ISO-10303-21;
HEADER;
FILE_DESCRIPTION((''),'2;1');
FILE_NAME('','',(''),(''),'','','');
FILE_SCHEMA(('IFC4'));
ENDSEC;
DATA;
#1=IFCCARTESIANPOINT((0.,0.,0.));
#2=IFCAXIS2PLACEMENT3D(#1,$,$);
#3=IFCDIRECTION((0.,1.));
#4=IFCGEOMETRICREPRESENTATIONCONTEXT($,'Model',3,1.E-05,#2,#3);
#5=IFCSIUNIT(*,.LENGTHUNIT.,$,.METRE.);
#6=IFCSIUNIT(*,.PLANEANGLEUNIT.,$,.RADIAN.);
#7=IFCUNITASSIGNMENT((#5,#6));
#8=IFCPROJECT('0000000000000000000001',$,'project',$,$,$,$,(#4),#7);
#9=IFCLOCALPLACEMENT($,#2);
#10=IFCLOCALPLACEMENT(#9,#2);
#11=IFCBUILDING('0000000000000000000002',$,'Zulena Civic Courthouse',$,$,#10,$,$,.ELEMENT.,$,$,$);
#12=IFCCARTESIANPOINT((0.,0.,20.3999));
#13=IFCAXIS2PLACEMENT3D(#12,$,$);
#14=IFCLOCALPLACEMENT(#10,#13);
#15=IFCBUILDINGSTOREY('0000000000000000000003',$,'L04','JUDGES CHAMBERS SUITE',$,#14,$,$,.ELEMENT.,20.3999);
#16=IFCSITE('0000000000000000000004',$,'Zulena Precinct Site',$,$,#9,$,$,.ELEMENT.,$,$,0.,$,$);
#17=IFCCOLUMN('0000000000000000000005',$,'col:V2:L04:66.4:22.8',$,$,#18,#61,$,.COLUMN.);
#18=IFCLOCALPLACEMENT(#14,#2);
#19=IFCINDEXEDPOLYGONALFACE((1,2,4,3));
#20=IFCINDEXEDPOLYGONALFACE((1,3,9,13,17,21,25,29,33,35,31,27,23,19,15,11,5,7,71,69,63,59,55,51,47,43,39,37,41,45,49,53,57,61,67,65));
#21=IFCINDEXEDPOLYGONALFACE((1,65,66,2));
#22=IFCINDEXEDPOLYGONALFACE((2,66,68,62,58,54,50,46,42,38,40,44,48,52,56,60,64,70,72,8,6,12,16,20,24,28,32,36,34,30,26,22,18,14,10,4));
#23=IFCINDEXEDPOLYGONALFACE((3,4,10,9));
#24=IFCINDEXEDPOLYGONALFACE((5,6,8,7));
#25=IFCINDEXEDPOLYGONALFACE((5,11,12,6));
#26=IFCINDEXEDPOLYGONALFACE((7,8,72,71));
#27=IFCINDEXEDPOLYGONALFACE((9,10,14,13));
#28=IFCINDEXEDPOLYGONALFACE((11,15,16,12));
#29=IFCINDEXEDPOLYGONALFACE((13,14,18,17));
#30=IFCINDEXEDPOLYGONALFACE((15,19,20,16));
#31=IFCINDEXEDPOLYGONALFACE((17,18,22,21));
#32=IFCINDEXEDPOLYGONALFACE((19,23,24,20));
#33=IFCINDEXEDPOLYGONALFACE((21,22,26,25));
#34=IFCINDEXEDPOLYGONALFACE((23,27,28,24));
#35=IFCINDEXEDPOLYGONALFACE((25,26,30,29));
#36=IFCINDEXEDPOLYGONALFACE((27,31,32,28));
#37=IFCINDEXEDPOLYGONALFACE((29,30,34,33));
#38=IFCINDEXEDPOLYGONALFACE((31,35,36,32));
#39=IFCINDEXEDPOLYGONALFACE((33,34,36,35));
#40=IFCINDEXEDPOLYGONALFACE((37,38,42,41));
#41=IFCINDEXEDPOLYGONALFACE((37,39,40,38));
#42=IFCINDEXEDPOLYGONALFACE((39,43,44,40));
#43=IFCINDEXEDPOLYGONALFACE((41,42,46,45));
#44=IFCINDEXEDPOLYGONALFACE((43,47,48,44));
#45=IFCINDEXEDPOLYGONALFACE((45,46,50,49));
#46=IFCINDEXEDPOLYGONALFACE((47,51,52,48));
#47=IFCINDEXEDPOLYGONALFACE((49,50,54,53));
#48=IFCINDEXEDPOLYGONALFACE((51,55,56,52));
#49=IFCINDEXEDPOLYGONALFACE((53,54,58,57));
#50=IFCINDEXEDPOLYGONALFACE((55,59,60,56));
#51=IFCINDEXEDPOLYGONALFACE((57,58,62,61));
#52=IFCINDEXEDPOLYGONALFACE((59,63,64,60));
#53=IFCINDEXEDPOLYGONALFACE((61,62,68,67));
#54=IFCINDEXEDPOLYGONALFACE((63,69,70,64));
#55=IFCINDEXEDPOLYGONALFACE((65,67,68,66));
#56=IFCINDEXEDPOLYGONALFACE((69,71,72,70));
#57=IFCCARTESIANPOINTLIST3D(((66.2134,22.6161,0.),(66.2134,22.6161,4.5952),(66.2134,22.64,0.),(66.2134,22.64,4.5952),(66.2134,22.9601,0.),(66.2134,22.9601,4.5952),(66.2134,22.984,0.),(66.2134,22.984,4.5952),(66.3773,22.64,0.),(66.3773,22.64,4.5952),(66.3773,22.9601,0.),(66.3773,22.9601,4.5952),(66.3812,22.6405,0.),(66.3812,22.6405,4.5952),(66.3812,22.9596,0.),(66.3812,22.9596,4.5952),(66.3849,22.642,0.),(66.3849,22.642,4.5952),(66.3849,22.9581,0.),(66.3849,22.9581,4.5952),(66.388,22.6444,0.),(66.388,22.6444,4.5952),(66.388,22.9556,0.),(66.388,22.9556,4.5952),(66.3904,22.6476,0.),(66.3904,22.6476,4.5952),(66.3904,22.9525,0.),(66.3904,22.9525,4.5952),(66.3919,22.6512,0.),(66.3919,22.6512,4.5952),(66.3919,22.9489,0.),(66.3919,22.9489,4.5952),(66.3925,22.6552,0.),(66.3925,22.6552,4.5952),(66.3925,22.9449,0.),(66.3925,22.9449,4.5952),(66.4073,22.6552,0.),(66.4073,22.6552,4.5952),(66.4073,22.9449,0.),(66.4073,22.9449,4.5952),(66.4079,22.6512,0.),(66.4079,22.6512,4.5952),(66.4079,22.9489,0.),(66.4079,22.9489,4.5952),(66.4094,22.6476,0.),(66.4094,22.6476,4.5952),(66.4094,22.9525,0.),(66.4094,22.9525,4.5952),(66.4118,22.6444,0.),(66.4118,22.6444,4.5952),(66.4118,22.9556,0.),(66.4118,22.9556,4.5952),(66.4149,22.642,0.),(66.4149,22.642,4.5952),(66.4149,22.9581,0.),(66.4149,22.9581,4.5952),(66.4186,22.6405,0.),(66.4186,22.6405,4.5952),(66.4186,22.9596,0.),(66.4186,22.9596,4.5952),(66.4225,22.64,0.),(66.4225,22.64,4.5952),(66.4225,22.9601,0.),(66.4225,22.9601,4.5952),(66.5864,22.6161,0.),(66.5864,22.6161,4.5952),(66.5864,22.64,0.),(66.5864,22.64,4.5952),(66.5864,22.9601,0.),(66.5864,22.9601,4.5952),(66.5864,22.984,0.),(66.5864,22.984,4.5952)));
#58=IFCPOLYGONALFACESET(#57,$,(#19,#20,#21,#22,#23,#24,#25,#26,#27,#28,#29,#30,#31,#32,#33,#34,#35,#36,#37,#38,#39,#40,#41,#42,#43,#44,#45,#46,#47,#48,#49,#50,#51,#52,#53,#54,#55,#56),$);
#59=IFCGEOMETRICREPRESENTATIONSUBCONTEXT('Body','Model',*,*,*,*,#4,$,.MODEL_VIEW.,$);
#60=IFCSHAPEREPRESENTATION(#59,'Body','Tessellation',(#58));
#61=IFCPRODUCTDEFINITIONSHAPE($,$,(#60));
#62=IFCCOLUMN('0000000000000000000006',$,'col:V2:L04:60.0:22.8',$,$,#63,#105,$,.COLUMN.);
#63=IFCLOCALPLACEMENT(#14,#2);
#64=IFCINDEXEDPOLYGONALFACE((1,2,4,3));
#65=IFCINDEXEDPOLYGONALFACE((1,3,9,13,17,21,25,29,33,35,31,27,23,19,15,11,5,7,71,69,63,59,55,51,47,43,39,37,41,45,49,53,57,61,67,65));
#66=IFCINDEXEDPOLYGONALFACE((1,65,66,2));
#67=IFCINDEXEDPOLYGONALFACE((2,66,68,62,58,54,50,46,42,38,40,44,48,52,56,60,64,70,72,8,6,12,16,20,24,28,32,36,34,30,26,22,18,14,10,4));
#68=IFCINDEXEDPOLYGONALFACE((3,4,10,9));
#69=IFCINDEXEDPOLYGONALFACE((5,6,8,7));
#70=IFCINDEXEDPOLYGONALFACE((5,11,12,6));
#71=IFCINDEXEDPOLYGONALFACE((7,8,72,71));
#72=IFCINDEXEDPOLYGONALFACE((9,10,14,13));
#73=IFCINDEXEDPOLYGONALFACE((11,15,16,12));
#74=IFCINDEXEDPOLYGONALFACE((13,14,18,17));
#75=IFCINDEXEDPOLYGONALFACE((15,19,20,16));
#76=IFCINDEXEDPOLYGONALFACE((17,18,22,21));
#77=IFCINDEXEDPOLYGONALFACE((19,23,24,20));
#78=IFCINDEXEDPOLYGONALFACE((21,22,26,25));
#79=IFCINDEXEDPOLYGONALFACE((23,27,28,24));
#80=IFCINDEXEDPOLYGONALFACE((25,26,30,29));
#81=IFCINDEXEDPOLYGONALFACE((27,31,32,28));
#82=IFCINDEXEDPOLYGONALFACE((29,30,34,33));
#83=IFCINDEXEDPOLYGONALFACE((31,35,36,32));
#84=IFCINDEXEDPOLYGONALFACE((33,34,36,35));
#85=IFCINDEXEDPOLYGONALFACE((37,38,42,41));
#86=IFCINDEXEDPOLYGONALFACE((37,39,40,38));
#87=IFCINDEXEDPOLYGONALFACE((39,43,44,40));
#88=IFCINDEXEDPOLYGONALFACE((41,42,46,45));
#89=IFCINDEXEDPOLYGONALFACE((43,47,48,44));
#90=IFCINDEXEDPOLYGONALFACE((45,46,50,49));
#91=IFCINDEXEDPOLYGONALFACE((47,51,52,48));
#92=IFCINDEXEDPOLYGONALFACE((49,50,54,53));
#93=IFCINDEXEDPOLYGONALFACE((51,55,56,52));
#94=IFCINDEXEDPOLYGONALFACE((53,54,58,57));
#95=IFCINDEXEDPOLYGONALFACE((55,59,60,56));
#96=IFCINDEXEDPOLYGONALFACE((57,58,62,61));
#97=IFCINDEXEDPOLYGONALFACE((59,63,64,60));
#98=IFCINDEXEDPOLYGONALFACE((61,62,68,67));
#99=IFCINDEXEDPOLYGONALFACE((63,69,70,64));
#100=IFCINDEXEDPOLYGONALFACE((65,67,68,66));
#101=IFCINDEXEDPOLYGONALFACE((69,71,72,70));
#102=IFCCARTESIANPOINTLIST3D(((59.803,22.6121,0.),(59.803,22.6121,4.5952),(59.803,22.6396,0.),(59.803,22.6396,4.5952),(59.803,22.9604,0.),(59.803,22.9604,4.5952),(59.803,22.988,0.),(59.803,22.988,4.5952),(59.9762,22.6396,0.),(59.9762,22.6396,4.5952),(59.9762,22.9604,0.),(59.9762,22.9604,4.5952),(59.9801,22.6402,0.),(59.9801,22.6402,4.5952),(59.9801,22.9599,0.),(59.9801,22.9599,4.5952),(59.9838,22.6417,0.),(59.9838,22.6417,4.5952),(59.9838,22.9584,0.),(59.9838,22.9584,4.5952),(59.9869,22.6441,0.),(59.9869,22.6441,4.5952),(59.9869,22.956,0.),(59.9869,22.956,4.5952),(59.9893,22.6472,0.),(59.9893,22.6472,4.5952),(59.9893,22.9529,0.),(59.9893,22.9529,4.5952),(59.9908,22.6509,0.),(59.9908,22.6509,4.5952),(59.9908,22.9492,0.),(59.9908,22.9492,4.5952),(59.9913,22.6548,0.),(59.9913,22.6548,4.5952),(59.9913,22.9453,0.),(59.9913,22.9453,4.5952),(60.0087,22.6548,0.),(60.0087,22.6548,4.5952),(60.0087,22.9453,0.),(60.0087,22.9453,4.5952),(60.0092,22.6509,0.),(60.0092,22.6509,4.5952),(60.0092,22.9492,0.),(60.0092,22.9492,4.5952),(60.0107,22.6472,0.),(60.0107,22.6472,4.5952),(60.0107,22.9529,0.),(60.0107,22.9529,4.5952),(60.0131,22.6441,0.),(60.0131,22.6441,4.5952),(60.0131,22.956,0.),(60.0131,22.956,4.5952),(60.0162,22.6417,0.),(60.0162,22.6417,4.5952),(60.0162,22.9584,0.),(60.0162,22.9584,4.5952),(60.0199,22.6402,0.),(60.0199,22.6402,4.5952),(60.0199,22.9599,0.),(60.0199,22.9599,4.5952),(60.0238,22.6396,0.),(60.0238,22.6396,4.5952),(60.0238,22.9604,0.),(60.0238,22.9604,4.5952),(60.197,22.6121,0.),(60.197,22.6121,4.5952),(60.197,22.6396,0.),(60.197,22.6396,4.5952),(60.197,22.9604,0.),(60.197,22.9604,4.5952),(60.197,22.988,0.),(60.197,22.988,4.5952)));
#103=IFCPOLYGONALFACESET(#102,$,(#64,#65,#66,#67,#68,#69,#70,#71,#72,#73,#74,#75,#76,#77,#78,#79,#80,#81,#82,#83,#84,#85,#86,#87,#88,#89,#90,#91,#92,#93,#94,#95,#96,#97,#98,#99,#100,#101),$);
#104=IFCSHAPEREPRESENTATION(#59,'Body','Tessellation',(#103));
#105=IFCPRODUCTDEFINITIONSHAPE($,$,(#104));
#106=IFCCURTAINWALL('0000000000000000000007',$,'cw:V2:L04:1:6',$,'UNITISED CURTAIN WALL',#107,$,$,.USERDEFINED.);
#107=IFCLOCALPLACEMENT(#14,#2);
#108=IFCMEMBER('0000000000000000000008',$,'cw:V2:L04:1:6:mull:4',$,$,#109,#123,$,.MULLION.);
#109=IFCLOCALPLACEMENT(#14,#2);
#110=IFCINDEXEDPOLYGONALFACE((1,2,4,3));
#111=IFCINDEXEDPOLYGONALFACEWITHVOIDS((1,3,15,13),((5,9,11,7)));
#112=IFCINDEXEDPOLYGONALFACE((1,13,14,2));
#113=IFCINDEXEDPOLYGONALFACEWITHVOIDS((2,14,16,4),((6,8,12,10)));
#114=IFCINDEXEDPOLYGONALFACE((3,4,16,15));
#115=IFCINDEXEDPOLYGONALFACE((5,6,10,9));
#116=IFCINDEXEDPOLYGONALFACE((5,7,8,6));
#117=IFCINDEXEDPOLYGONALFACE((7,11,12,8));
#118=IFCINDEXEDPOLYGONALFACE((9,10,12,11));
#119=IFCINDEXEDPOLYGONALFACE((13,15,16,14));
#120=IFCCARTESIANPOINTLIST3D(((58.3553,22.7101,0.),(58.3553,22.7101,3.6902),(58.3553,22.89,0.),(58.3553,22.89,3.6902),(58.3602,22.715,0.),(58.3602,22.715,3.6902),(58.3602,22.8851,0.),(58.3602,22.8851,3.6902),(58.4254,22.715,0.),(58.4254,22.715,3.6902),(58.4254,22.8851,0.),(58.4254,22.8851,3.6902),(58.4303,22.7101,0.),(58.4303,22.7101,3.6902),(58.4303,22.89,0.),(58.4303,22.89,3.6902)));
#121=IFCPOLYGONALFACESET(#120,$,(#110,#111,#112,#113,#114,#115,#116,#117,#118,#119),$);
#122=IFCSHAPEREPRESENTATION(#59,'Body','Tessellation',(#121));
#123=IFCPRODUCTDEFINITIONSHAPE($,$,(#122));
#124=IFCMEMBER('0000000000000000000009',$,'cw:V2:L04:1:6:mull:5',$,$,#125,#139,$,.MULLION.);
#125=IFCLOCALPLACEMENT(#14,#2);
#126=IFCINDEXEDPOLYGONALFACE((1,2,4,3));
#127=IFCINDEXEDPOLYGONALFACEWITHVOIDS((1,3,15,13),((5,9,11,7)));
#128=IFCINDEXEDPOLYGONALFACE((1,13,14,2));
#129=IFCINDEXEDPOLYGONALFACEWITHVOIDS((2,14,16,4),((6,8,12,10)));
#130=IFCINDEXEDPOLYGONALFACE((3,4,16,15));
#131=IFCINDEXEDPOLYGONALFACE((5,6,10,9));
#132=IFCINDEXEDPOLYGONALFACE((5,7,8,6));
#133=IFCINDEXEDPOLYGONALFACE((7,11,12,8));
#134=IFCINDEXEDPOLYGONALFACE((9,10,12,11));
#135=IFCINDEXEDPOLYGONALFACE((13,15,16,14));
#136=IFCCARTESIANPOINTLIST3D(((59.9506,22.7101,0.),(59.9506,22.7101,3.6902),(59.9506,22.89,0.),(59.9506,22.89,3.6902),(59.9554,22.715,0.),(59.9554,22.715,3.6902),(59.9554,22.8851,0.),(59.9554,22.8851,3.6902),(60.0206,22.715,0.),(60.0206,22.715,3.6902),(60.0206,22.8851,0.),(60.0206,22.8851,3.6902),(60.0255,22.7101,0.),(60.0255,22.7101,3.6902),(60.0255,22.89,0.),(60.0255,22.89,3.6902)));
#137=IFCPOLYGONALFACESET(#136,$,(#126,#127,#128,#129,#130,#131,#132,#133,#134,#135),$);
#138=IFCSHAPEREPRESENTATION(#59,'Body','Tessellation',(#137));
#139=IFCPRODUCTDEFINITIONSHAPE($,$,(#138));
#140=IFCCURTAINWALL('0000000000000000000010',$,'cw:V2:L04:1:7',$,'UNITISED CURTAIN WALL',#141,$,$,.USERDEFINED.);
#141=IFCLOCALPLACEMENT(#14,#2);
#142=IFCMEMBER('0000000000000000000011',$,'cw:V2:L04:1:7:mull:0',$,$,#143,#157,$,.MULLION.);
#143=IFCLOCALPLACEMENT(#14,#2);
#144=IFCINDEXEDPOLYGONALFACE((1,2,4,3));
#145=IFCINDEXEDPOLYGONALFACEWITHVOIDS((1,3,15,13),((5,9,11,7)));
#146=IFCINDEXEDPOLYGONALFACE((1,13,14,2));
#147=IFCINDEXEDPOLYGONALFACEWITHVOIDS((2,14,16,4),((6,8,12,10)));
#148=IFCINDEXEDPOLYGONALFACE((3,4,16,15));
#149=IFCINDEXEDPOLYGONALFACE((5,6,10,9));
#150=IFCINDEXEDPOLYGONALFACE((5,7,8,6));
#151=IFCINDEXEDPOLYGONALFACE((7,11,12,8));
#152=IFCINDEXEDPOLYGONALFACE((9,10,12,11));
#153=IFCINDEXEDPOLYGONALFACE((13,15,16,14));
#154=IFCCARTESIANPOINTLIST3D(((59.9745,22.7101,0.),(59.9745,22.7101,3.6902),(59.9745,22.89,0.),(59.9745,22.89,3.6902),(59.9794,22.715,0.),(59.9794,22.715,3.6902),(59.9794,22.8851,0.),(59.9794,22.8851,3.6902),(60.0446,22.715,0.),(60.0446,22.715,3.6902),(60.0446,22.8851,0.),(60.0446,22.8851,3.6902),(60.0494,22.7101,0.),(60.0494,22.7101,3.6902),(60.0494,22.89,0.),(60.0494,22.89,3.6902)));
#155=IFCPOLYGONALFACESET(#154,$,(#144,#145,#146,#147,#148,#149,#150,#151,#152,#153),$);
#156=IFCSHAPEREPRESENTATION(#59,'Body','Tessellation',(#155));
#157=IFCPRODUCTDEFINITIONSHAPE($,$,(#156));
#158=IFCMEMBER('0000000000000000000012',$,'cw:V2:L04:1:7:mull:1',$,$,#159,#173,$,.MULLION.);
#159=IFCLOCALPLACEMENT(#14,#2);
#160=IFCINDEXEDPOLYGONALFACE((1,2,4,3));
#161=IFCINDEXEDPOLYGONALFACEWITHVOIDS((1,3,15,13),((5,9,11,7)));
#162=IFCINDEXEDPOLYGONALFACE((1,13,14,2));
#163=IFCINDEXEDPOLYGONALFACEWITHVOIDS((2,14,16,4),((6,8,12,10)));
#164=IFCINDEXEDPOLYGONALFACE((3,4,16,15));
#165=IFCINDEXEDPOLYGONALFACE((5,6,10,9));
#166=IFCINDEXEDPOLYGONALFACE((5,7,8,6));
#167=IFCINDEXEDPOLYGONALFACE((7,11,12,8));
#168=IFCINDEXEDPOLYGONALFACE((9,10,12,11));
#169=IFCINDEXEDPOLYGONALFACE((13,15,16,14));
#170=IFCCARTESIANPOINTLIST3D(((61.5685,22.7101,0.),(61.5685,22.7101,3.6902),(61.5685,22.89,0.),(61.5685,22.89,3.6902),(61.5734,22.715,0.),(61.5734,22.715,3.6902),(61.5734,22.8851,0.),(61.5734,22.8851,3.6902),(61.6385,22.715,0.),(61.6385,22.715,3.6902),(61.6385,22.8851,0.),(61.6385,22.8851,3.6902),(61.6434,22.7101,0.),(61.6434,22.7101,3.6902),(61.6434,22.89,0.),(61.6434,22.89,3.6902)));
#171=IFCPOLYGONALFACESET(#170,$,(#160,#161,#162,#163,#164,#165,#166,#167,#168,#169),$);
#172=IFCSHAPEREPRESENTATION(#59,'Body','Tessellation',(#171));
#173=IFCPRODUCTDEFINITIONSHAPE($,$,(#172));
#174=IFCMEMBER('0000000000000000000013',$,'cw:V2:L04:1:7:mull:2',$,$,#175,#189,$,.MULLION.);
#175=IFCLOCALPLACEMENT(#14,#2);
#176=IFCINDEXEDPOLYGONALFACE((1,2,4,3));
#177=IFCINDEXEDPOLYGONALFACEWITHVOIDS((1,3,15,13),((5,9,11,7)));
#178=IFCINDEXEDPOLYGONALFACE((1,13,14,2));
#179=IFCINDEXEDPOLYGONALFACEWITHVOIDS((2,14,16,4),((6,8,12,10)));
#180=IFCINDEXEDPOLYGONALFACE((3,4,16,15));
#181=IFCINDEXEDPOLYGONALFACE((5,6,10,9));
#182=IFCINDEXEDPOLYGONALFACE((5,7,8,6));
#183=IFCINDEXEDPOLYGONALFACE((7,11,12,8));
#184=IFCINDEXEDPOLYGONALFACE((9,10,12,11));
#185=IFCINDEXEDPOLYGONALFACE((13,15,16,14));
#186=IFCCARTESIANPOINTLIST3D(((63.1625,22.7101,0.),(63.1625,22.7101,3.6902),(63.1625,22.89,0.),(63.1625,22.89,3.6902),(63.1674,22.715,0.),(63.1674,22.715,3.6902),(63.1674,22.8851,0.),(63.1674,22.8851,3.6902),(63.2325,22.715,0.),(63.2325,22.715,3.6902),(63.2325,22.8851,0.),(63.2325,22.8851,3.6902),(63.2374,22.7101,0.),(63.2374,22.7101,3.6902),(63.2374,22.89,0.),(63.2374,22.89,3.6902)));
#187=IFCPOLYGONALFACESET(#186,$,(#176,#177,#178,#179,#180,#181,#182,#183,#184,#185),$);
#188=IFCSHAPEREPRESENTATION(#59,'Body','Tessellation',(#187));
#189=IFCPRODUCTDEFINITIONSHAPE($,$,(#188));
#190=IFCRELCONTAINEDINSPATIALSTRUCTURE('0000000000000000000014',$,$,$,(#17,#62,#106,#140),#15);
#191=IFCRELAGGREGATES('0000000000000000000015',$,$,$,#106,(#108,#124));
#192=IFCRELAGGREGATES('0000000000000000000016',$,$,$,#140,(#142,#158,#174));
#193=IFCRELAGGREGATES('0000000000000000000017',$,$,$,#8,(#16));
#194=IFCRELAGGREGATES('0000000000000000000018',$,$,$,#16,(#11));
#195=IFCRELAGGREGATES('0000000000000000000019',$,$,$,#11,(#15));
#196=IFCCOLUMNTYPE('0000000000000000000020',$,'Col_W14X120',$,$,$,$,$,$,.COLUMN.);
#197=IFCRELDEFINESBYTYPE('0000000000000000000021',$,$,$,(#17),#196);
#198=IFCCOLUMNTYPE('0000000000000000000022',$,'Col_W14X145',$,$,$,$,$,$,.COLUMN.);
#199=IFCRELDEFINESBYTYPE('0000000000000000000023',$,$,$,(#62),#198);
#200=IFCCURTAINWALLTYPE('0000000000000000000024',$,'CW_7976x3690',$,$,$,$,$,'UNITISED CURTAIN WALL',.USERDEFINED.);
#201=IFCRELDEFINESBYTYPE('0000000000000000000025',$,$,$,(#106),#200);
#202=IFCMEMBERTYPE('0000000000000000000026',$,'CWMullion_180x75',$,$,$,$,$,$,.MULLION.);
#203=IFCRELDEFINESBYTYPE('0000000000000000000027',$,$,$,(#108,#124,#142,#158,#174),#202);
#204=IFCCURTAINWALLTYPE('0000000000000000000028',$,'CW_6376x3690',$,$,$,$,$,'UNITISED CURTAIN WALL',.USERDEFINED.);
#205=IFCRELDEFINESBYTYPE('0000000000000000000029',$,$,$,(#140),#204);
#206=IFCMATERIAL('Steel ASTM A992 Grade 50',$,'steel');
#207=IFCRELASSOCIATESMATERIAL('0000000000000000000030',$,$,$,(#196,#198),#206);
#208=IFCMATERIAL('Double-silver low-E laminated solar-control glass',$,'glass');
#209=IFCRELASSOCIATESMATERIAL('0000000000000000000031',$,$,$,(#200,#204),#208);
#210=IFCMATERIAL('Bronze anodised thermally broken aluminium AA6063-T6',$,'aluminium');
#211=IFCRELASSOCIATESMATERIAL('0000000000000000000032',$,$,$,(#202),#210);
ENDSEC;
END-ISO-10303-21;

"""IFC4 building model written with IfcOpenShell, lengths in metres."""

from ifc_helpers import new_model, si_unit, direction, frame, origin, origin_2d, place, context, subcontext, project, spatial, hollow_rectangle, i_section, extrude, material, material_profile, profile_set, type_object, element, aggregate, save


model = new_model("IFC4")

# Units and contexts
model_context = context("Model", 3, precision=1e-05, world=origin(), true_north=direction((0.0, 1.0)))
body_context = subcontext(model_context, "Body", "Model", "MODEL_VIEW")
ifc_project = project(units=[si_unit("LENGTHUNIT", "METRE"), si_unit("PLANEANGLEUNIT", "RADIAN")], contexts=[model_context])

# Site, building, storey
site_placement = place(None, origin())
site = spatial("IfcSite", under=ifc_project, at=site_placement, Name="Zulena Precinct Site", CompositionType="ELEMENT", RefElevation=0.0)
building_placement = place(site_placement, origin())
building = spatial("IfcBuilding", under=site, at=building_placement, Name="Zulena Civic Courthouse", CompositionType="ELEMENT")
storey_placement = place(building_placement, frame((0.0, 0.0, 20.3999)))
storey = spatial("IfcBuildingStorey", under=building, at=storey_placement, Name="L04", Description="JUDGES CHAMBERS SUITE", CompositionType="ELEMENT", Elevation=20.3999)

# Columns
ifc_material_1 = material(Name="Steel ASTM A992 Grade 50", Category="steel")
ifc_material_profile_1 = material_profile(ifc_material_1, i_section(OverallWidth=0.373, OverallDepth=0.3679, WebThickness=0.0149, FlangeThickness=0.0239, FilletRadius=0.0151, at=origin_2d()), Name="W14X120")
ifc_profile_set_1 = profile_set([ifc_material_profile_1], Name="Steel ASTM A992 Grade 50")
column_type_1 = type_object("IfcColumnType", Name="Col_W14X120", PredefinedType="COLUMN", material=ifc_profile_set_1)
column_1_placement = place(storey_placement, frame((66.3999, 22.8, 0.0), z_axis=(0.0, 0.0, 1.0), x_axis=(1.0, 0.0, 0.0)))
element("IfcColumn", 1, at=column_1_placement, inside=storey, type_object=column_type_1, Name="col:V2:L04:66.4:22.8", PredefinedType="COLUMN", context=body_context, shape_type="SweptSolid", body=[
    extrude(i_section(OverallWidth=0.373, OverallDepth=0.3679, WebThickness=0.0149, FlangeThickness=0.0239, FilletRadius=0.0151, at=origin_2d()), origin(), (0.0, 0.0, 1.0), 4.5952),
])
ifc_material_profile_2 = material_profile(ifc_material_1, i_section(OverallWidth=0.394, OverallDepth=0.376, WebThickness=0.0173, FlangeThickness=0.0276, FilletRadius=0.0151, at=origin_2d()), Name="W14X145")
ifc_profile_set_2 = profile_set([ifc_material_profile_2], Name="Steel ASTM A992 Grade 50")
column_type_2 = type_object("IfcColumnType", Name="Col_W14X145", PredefinedType="COLUMN", material=ifc_profile_set_2)
column_2_placement = place(storey_placement, frame((60.0, 22.8, 0.0), z_axis=(0.0, 0.0, 1.0), x_axis=(1.0, 0.0, 0.0)))
element("IfcColumn", 2, at=column_2_placement, inside=storey, type_object=column_type_2, Name="col:V2:L04:60.0:22.8", PredefinedType="COLUMN", context=body_context, shape_type="SweptSolid", body=[
    extrude(i_section(OverallWidth=0.394, OverallDepth=0.376, WebThickness=0.0173, FlangeThickness=0.0276, FilletRadius=0.0151, at=origin_2d()), origin(), (0.0, 0.0, 1.0), 4.5952),
])

# Curtain walls, members
ifc_material_2 = material(Name="Double-silver low-E laminated solar-control glass", Category="glass")
curtain_wall_type_1 = type_object("IfcCurtainWallType", Name="CW_7976x3690", ElementType="UNITISED CURTAIN WALL", PredefinedType="USERDEFINED", material=ifc_material_2)
curtain_wall_1_placement = place(storey_placement, origin())
curtain_wall_1 = element("IfcCurtainWall", 3, at=curtain_wall_1_placement, inside=storey, type_object=curtain_wall_type_1, Name="cw:V2:L04:1:6", ObjectType="UNITISED CURTAIN WALL", PredefinedType="USERDEFINED")
ifc_material_3 = material(Name="Bronze anodised thermally broken aluminium AA6063-T6", Category="aluminium")
ifc_material_profile_3 = material_profile(ifc_material_3, hollow_rectangle(XDim=0.075, YDim=0.1799, WallThickness=0.0049, at=origin_2d()), Name="CWM180X75X5")
ifc_profile_set_3 = profile_set([ifc_material_profile_3], Name="Bronze anodised thermally broken aluminium AA6063-T6")
member_type_1 = type_object("IfcMemberType", Name="CWMullion_180x75", PredefinedType="MULLION", material=ifc_profile_set_3)
member_1_placement = place(storey_placement, frame((58.3928, 22.8, 0.0), z_axis=(0.0, 0.0, 1.0), x_axis=(1.0, 0.0, 0.0)))
member_1 = element("IfcMember", 4, at=member_1_placement, type_object=member_type_1, Name="cw:V2:L04:1:6:mull:4", PredefinedType="MULLION", context=body_context, shape_type="SweptSolid", body=[
    extrude(hollow_rectangle(XDim=0.075, YDim=0.1799, WallThickness=0.0049, at=origin_2d()), origin(), (0.0, 0.0, 1.0), 3.6902),
])
member_2_placement = place(storey_placement, frame((59.988, 22.8, 0.0), z_axis=(0.0, 0.0, 1.0), x_axis=(1.0, 0.0, 0.0)))
member_2 = element("IfcMember", 5, at=member_2_placement, type_object=member_type_1, Name="cw:V2:L04:1:6:mull:5", PredefinedType="MULLION", context=body_context, shape_type="SweptSolid", body=[
    extrude(hollow_rectangle(XDim=0.075, YDim=0.1799, WallThickness=0.0049, at=origin_2d()), origin(), (0.0, 0.0, 1.0), 3.6902),
])
curtain_wall_type_2 = type_object("IfcCurtainWallType", Name="CW_6376x3690", ElementType="UNITISED CURTAIN WALL", PredefinedType="USERDEFINED", material=ifc_material_2)
curtain_wall_2_placement = place(storey_placement, origin())
curtain_wall_2 = element("IfcCurtainWall", 6, at=curtain_wall_2_placement, inside=storey, type_object=curtain_wall_type_2, Name="cw:V2:L04:1:7", ObjectType="UNITISED CURTAIN WALL", PredefinedType="USERDEFINED")
member_3_placement = place(storey_placement, frame((60.012, 22.8, 0.0), z_axis=(0.0, 0.0, 1.0), x_axis=(1.0, 0.0, 0.0)))
member_3 = element("IfcMember", 7, at=member_3_placement, type_object=member_type_1, Name="cw:V2:L04:1:7:mull:0", PredefinedType="MULLION", context=body_context, shape_type="SweptSolid", body=[
    extrude(hollow_rectangle(XDim=0.075, YDim=0.1799, WallThickness=0.0049, at=origin_2d()), origin(), (0.0, 0.0, 1.0), 3.6902),
])
member_4_placement = place(storey_placement, frame((61.606, 22.8, 0.0), z_axis=(0.0, 0.0, 1.0), x_axis=(1.0, 0.0, 0.0)))
member_4 = element("IfcMember", 8, at=member_4_placement, type_object=member_type_1, Name="cw:V2:L04:1:7:mull:1", PredefinedType="MULLION", context=body_context, shape_type="SweptSolid", body=[
    extrude(hollow_rectangle(XDim=0.075, YDim=0.1799, WallThickness=0.0049, at=origin_2d()), origin(), (0.0, 0.0, 1.0), 3.6902),
])
member_5_placement = place(storey_placement, frame((63.2, 22.8, 0.0), z_axis=(0.0, 0.0, 1.0), x_axis=(1.0, 0.0, 0.0)))
member_5 = element("IfcMember", 9, at=member_5_placement, type_object=member_type_1, Name="cw:V2:L04:1:7:mull:2", PredefinedType="MULLION", context=body_context, shape_type="SweptSolid", body=[
    extrude(hollow_rectangle(XDim=0.075, YDim=0.1799, WallThickness=0.0049, at=origin_2d()), origin(), (0.0, 0.0, 1.0), 3.6902),
])

aggregate(curtain_wall_1, [member_1, member_2])
aggregate(curtain_wall_2, [member_3, member_4, member_5])

save(model, "model.ifc")
